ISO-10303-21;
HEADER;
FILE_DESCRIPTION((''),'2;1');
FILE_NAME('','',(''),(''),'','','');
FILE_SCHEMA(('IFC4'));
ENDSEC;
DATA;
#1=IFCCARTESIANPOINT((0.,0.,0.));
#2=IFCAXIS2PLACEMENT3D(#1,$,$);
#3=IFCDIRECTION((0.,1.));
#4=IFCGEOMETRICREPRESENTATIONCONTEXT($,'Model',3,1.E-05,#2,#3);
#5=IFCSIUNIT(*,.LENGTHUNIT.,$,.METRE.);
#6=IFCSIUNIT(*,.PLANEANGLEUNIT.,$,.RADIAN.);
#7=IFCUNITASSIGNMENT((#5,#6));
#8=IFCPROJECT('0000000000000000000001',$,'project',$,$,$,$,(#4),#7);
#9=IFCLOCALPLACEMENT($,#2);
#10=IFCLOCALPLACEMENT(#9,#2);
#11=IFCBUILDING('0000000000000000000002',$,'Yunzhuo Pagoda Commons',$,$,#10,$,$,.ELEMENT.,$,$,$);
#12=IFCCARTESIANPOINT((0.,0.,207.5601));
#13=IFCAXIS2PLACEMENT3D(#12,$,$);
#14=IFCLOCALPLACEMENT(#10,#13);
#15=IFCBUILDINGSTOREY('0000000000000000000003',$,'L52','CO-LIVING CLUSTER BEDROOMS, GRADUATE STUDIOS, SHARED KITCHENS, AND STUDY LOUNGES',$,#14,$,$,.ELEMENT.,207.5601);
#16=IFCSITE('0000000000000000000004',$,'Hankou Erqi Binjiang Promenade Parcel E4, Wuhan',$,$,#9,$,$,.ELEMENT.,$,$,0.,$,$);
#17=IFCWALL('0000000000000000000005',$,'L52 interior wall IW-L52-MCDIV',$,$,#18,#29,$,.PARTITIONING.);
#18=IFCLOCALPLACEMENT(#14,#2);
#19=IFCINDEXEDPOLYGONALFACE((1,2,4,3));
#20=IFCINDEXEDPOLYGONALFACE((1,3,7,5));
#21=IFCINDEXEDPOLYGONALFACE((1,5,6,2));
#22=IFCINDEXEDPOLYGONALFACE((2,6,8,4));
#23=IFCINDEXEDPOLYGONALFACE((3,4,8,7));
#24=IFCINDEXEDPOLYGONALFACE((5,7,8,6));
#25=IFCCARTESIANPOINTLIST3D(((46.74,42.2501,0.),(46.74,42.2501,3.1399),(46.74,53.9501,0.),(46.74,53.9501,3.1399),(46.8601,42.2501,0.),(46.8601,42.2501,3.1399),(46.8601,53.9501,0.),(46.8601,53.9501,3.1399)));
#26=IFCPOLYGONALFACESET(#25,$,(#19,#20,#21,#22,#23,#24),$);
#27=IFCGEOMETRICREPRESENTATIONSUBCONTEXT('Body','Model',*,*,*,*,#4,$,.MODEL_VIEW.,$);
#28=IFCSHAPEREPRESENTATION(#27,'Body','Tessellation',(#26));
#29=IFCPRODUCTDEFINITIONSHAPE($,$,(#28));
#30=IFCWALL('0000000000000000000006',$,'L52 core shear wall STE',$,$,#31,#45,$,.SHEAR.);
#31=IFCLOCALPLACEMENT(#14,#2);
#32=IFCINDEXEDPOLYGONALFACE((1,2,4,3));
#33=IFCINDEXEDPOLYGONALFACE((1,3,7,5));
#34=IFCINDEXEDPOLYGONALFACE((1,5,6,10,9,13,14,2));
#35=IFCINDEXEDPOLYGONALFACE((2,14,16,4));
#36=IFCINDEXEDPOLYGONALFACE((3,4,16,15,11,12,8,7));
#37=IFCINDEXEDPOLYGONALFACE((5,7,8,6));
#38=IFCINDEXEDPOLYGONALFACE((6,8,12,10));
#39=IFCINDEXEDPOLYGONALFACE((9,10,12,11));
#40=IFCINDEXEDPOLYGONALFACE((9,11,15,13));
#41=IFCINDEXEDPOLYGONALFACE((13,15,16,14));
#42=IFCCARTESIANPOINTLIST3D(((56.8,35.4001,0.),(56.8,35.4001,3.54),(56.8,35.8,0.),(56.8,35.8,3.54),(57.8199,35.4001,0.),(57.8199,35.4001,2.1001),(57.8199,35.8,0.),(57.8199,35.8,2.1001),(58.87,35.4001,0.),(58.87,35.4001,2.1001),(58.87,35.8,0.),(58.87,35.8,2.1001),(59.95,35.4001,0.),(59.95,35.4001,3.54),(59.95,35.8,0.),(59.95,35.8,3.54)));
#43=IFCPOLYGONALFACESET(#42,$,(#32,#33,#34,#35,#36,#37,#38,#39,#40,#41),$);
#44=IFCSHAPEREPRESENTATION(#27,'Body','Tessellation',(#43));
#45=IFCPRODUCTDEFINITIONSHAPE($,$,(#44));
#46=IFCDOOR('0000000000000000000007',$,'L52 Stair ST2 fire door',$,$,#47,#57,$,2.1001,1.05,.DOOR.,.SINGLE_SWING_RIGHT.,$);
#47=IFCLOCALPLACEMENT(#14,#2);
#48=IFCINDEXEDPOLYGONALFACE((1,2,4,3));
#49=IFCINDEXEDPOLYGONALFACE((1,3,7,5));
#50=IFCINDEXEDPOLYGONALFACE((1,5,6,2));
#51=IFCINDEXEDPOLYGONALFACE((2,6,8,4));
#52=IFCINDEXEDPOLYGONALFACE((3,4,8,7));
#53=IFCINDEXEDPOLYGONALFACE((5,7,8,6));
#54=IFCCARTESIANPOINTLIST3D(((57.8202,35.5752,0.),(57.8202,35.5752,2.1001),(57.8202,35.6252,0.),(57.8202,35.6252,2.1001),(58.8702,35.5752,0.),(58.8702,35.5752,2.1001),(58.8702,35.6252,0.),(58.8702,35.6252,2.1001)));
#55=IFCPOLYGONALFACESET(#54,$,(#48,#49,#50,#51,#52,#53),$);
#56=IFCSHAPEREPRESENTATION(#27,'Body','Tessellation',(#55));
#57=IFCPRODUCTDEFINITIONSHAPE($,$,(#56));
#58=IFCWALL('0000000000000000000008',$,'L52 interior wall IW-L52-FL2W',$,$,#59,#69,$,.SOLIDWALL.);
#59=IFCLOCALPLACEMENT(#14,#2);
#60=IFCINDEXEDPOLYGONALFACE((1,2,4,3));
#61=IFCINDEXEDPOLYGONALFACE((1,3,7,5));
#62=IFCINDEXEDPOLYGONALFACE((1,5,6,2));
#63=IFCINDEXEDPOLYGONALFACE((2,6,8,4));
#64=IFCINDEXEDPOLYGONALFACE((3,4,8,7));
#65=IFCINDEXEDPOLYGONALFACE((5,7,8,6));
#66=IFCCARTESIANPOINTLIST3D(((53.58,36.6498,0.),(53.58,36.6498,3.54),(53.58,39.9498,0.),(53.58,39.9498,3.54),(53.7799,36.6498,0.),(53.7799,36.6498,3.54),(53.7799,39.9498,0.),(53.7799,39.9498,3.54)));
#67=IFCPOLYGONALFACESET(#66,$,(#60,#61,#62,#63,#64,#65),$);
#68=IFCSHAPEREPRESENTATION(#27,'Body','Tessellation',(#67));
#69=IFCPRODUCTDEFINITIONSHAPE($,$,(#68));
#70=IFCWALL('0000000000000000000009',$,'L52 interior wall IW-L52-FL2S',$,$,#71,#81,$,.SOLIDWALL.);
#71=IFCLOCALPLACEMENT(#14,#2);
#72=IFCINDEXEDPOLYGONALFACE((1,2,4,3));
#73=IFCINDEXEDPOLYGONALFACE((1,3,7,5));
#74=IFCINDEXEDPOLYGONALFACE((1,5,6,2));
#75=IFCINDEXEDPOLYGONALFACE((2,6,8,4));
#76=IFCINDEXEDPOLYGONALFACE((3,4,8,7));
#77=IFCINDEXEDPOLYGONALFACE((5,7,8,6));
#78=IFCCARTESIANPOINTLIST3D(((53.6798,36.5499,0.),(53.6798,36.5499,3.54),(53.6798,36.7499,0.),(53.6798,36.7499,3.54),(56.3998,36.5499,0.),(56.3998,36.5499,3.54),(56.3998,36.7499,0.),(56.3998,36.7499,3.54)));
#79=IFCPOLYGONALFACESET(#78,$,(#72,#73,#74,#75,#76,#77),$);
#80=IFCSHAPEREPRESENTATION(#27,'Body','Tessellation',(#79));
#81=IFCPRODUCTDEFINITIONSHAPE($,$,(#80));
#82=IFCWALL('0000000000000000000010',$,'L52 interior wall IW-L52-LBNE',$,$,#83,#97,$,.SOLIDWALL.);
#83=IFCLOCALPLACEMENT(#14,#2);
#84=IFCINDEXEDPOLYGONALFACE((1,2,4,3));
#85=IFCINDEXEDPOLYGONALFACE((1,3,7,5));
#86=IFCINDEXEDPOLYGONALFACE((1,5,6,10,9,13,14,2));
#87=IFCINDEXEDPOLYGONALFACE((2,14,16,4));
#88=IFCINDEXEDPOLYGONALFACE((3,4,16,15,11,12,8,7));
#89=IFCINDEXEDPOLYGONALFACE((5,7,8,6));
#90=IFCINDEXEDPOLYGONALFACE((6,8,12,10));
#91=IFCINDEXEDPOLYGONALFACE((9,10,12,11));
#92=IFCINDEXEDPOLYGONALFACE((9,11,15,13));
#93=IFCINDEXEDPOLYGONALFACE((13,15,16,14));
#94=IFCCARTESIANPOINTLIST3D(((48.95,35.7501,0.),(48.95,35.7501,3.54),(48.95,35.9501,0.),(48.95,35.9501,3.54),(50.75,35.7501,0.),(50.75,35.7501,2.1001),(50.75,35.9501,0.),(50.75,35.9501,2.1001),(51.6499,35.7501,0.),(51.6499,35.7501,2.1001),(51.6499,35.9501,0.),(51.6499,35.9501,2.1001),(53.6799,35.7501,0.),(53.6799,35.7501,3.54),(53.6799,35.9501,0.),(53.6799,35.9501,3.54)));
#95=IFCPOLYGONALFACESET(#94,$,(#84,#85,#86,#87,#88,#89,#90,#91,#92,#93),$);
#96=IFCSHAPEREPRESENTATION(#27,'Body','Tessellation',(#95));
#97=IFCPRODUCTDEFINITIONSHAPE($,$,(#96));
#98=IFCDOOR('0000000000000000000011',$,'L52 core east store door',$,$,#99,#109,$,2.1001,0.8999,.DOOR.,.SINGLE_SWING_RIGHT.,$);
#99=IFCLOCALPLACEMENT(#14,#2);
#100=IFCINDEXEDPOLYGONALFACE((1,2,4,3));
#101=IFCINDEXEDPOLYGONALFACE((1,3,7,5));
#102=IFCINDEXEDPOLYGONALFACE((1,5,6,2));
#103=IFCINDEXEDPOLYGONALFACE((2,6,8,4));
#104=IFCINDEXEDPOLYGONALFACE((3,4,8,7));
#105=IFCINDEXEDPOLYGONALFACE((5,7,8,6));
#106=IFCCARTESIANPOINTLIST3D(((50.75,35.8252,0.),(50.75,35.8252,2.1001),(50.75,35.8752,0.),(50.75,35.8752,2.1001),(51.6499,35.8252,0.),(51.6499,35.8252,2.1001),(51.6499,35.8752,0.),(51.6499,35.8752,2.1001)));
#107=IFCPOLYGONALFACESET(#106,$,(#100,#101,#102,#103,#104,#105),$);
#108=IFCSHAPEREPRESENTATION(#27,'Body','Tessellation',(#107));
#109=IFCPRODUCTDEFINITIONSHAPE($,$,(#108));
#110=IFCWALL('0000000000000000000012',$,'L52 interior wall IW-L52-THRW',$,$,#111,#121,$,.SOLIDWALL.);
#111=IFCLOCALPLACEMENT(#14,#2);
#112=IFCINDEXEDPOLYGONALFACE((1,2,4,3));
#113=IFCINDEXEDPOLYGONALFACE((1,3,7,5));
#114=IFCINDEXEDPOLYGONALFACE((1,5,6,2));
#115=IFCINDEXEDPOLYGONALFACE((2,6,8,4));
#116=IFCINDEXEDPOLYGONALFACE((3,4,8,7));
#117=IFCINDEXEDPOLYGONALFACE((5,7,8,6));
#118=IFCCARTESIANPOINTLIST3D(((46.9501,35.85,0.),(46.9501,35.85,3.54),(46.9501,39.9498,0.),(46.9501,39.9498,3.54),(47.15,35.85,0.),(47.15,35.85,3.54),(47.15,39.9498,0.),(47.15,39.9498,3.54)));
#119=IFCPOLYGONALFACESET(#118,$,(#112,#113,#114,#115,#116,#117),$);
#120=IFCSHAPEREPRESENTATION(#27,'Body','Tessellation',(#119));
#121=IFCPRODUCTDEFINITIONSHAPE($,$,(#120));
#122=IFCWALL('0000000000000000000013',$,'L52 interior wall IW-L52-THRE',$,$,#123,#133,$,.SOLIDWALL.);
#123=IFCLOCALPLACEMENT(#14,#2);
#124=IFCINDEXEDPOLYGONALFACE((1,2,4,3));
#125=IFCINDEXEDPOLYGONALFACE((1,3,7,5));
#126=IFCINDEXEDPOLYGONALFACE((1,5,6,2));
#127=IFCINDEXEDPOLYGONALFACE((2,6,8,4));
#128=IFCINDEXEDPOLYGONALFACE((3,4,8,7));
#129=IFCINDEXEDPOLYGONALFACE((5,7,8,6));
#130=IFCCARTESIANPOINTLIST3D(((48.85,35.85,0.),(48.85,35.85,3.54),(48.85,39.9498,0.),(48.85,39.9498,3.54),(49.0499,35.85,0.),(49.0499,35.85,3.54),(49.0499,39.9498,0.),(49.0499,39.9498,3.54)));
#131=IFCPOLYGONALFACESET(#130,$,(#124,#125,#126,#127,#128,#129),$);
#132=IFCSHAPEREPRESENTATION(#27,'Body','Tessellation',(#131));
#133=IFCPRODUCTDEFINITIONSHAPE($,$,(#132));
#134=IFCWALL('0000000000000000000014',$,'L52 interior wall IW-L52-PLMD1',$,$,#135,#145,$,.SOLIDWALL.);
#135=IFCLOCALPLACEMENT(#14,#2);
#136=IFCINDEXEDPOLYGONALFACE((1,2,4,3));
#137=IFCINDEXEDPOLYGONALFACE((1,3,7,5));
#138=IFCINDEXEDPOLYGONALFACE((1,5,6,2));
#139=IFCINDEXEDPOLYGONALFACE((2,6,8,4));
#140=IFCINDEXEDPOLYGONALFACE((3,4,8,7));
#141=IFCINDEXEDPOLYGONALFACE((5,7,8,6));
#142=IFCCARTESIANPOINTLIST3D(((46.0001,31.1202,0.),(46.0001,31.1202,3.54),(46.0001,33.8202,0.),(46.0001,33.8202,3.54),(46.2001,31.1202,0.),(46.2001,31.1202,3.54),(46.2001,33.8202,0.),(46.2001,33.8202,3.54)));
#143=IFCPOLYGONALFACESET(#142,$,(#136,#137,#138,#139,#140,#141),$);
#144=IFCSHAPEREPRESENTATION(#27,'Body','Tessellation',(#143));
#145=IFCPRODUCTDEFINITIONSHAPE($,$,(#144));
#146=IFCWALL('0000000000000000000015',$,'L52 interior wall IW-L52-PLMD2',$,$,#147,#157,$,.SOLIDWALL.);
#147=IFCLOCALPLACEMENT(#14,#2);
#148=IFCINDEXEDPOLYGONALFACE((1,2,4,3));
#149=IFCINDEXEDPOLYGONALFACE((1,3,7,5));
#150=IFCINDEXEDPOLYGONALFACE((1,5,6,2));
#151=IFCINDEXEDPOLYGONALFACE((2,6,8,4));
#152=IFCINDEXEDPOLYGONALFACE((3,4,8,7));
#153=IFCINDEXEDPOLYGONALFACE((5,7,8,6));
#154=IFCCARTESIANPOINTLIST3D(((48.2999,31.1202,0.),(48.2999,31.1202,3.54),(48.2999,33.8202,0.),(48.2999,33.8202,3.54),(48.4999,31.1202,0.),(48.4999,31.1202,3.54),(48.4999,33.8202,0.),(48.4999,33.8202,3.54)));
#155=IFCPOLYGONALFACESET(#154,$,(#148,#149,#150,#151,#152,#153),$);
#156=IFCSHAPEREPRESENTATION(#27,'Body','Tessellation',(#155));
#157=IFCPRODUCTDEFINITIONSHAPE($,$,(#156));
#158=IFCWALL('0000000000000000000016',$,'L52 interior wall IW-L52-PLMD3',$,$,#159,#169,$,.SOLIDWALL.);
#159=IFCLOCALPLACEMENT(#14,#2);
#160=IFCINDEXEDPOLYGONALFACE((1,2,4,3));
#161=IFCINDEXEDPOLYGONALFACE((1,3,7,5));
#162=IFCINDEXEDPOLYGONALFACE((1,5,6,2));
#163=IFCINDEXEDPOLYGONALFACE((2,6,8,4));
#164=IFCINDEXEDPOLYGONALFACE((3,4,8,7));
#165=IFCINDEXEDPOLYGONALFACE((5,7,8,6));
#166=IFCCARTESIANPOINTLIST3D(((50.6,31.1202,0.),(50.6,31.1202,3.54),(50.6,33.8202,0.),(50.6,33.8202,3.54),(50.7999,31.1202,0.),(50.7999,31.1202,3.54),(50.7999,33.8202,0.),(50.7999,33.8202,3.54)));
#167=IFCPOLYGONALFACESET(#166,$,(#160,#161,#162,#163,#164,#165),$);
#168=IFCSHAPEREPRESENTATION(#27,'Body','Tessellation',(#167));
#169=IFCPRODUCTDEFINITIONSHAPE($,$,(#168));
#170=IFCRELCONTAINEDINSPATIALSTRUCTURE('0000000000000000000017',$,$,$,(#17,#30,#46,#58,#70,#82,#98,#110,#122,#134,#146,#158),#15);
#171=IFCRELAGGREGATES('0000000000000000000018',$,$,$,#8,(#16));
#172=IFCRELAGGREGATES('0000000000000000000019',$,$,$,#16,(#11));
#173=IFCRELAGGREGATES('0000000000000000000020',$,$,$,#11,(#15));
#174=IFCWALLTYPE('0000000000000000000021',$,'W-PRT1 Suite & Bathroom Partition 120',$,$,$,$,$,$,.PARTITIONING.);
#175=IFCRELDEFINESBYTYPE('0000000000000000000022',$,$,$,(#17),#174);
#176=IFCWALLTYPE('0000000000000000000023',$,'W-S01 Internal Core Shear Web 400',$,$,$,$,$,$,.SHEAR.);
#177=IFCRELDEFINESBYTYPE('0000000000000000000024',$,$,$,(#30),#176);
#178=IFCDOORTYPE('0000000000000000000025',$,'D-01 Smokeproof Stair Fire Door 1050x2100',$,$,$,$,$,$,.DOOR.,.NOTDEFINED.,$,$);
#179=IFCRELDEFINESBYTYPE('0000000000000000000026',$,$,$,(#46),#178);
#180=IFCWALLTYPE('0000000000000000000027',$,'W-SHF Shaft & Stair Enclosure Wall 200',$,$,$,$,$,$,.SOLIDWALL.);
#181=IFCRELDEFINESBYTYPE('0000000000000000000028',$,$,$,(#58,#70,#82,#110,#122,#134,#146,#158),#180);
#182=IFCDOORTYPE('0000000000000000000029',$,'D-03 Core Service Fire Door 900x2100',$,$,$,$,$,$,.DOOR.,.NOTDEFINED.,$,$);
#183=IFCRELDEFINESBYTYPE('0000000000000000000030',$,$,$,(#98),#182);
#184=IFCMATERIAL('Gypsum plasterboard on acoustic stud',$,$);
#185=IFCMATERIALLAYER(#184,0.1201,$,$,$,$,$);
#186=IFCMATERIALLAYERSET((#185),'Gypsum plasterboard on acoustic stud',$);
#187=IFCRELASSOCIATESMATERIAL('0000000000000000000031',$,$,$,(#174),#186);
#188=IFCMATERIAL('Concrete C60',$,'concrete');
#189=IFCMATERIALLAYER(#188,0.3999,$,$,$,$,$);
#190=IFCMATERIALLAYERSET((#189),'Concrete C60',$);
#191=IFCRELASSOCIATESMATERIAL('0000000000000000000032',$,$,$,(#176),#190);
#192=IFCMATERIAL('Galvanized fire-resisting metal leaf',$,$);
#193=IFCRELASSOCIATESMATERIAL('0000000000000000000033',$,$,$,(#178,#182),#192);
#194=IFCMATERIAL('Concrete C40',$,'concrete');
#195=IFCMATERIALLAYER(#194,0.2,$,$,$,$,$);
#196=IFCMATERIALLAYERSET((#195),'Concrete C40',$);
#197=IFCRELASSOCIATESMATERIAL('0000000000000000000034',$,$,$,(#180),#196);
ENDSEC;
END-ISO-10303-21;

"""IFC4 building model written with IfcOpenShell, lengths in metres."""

from ifc_helpers import new_model, si_unit, direction, frame, frame_2d, origin, place, context, subcontext, project, spatial, rectangle, extrude, source, transform, mapped, material, layer, layer_set, type_object, element, fill, save


model = new_model("IFC4")

# Units and contexts
model_context = context("Model", 3, precision=1e-05, world=origin(), true_north=direction((0.0, 1.0)))
body_context = subcontext(model_context, "Body", "Model", "MODEL_VIEW")
ifc_project = project(units=[si_unit("LENGTHUNIT", "METRE"), si_unit("PLANEANGLEUNIT", "RADIAN")], contexts=[model_context])

# Site, building, storey
site_placement = place(None, origin())
site = spatial("IfcSite", under=ifc_project, at=site_placement, Name="Hankou Erqi Binjiang Promenade Parcel E4, Wuhan", CompositionType="ELEMENT", RefElevation=0.0)
building_placement = place(site_placement, origin())
building = spatial("IfcBuilding", under=site, at=building_placement, Name="Yunzhuo Pagoda Commons", CompositionType="ELEMENT")
storey_placement = place(building_placement, frame((0.0, 0.0, 207.5601)))
storey = spatial("IfcBuildingStorey", under=building, at=storey_placement, Name="L52", Description="CO-LIVING CLUSTER BEDROOMS, GRADUATE STUDIOS, SHARED KITCHENS, AND STUDY LOUNGES", CompositionType="ELEMENT", Elevation=207.5601)

# Shared definitions
ifc_material_1 = material(Name="Galvanized fire-resisting metal leaf")
shared_shape_1 = source(origin(), body_context, "Body", "SweptSolid", [
    extrude(rectangle(XDim=1.05, YDim=2.1001, at=frame_2d((0.5249, 1.05))), frame((0.0, 0.0249, 0.0), z_axis=(0.0, -1.0, 0.0), x_axis=(1.0, 0.0, 0.0)), (0.0, 0.0, 1.0), 0.05),
])

# Wall
ifc_material_2 = material(Name="Gypsum plasterboard on acoustic stud")
ifc_layer_1 = layer(ifc_material_2, 0.1201)
ifc_layer_set_1 = layer_set([ifc_layer_1], Name="Gypsum plasterboard on acoustic stud")
wall_type_1 = type_object("IfcWallType", Name="W-PRT1 Suite & Bathroom Partition 120", PredefinedType="PARTITIONING", material=ifc_layer_set_1)
wall_1_placement = place(storey_placement, frame((46.8, 42.25, 0.0), z_axis=(0.0, 0.0, 1.0), x_axis=(0.0, 1.0, 0.0)))
element("IfcWall", 1, at=wall_1_placement, inside=storey, type_object=wall_type_1, Name="L52 interior wall IW-L52-MCDIV", PredefinedType="PARTITIONING", context=body_context, shape_type="SweptSolid", body=[
    extrude(rectangle(XDim=11.7, YDim=0.1201, at=frame_2d((5.8501, 0.0))), origin(), (0.0, 0.0, 1.0), 3.1399),
])

# Wall, opening, door
ifc_material_3 = material(Name="Concrete C60", Category="concrete")
ifc_layer_2 = layer(ifc_material_3, 0.3999)
ifc_layer_set_2 = layer_set([ifc_layer_2], Name="Concrete C60")
wall_type_2 = type_object("IfcWallType", Name="W-S01 Internal Core Shear Web 400", PredefinedType="SHEAR", material=ifc_layer_set_2)
wall_2_placement = place(storey_placement, frame((56.8, 35.6001, 0.0), z_axis=(0.0, 0.0, 1.0), x_axis=(1.0, 0.0, 0.0)))
wall_2 = element("IfcWall", 2, at=wall_2_placement, inside=storey, type_object=wall_type_2, Name="L52 core shear wall STE", PredefinedType="SHEAR", context=body_context, shape_type="SweptSolid", body=[
    extrude(rectangle(XDim=3.1499, YDim=0.3999, at=frame_2d((1.575, 0.0))), origin(), (0.0, 0.0, 1.0), 3.54),
])
opening_1_placement = place(wall_2_placement, frame((1.02, 0.0, 0.0)))
opening_1 = element("IfcOpeningElement", 3, at=opening_1_placement, cuts=wall_2, PredefinedType="OPENING", context=body_context, shape_type="SweptSolid", body=[
    extrude(rectangle(XDim=1.05, YDim=2.1001, at=frame_2d((0.5249, 1.05))), frame((0.0, 0.21, 0.0), z_axis=(0.0, -1.0, 0.0), x_axis=(1.0, 0.0, 0.0)), (0.0, 0.0, 1.0), 0.4199),
])
door_type_1 = type_object("IfcDoorType", Name="D-01 Smokeproof Stair Fire Door 1050x2100", OperationType="NOTDEFINED", PredefinedType="DOOR", material=ifc_material_1)
door_1_placement = place(opening_1_placement, frame((1.05, 0.0, 0.0), z_axis=(0.0, 0.0, 1.0), x_axis=(-1.0, 0.0, 0.0)))
door_1 = element("IfcDoor", 4, at=door_1_placement, inside=storey, type_object=door_type_1, Name="L52 Stair ST2 fire door", OperationType="SINGLE_SWING_RIGHT", OverallHeight=2.1001, OverallWidth=1.05, PredefinedType="DOOR", context=body_context, shape_type="MappedRepresentation", body=[
    mapped(shared_shape_1, transform((0.0, 0.0, 0.0), scale=1.0)),
])
fill(opening_1, door_1)

# Walls
ifc_material_4 = material(Name="Concrete C40", Category="concrete")
ifc_layer_3 = layer(ifc_material_4, 0.2)
ifc_layer_set_3 = layer_set([ifc_layer_3], Name="Concrete C40")
wall_type_3 = type_object("IfcWallType", Name="W-SHF Shaft & Stair Enclosure Wall 200", PredefinedType="SOLIDWALL", material=ifc_layer_set_3)
wall_3_placement = place(storey_placement, frame((53.6799, 36.6499, 0.0), z_axis=(0.0, 0.0, 1.0), x_axis=(0.0, 1.0, 0.0)))
element("IfcWall", 5, at=wall_3_placement, inside=storey, type_object=wall_type_3, Name="L52 interior wall IW-L52-FL2W", PredefinedType="SOLIDWALL", context=body_context, shape_type="SweptSolid", body=[
    extrude(rectangle(XDim=3.3, YDim=0.2, at=frame_2d((1.6499, 0.0))), origin(), (0.0, 0.0, 1.0), 3.54),
])
wall_4_placement = place(storey_placement, frame((53.6799, 36.6499, 0.0), z_axis=(0.0, 0.0, 1.0), x_axis=(1.0, 0.0, 0.0)))
element("IfcWall", 6, at=wall_4_placement, inside=storey, type_object=wall_type_3, Name="L52 interior wall IW-L52-FL2S", PredefinedType="SOLIDWALL", context=body_context, shape_type="SweptSolid", body=[
    extrude(rectangle(XDim=2.72, YDim=0.2, at=frame_2d((1.3599, 0.0))), origin(), (0.0, 0.0, 1.0), 3.54),
])

# Wall, opening, door
wall_5_placement = place(storey_placement, frame((48.95, 35.8501, 0.0), z_axis=(0.0, 0.0, 1.0), x_axis=(1.0, 0.0, 0.0)))
wall_5 = element("IfcWall", 7, at=wall_5_placement, inside=storey, type_object=wall_type_3, Name="L52 interior wall IW-L52-LBNE", PredefinedType="SOLIDWALL", context=body_context, shape_type="SweptSolid", body=[
    extrude(rectangle(XDim=4.73, YDim=0.2, at=frame_2d((2.365, 0.0))), origin(), (0.0, 0.0, 1.0), 3.54),
])
opening_2_placement = place(wall_5_placement, frame((1.8, 0.0, 0.0)))
opening_2 = element("IfcOpeningElement", 8, at=opening_2_placement, cuts=wall_5, PredefinedType="OPENING", context=body_context, shape_type="SweptSolid", body=[
    extrude(rectangle(XDim=0.8999, YDim=2.1001, at=frame_2d((0.45, 1.05))), frame((0.0, 0.1099, 0.0), z_axis=(0.0, -1.0, 0.0), x_axis=(1.0, 0.0, 0.0)), (0.0, 0.0, 1.0), 0.22),
])
door_type_2 = type_object("IfcDoorType", Name="D-03 Core Service Fire Door 900x2100", OperationType="NOTDEFINED", PredefinedType="DOOR", material=ifc_material_1)
shared_shape_2 = source(origin(), body_context, "Body", "SweptSolid", [
    extrude(rectangle(XDim=0.8999, YDim=2.1001, at=frame_2d((0.45, 1.05))), frame((0.0, 0.0249, 0.0), z_axis=(0.0, -1.0, 0.0), x_axis=(1.0, 0.0, 0.0)), (0.0, 0.0, 1.0), 0.05),
])
door_2_placement = place(opening_2_placement, frame((0.8999, 0.0, 0.0), z_axis=(0.0, 0.0, 1.0), x_axis=(-1.0, 0.0, 0.0)))
door_2 = element("IfcDoor", 9, at=door_2_placement, inside=storey, type_object=door_type_2, Name="L52 core east store door", OperationType="SINGLE_SWING_RIGHT", OverallHeight=2.1001, OverallWidth=0.8999, PredefinedType="DOOR", context=body_context, shape_type="MappedRepresentation", body=[
    mapped(shared_shape_2, transform((0.0, 0.0, 0.0), scale=1.0)),
])
fill(opening_2, door_2)

# Walls
for number, where, z_axis, x_axis, name in (
    (10, (47.05, 35.8501, 0.0), (0.0, 0.0, 1.0), (0.0, 1.0, 0.0), "L52 interior wall IW-L52-THRW"),
    (11, (48.95, 35.8501, 0.0), (0.0, 0.0, 1.0), (0.0, 1.0, 0.0), "L52 interior wall IW-L52-THRE"),
):
    element("IfcWall", number, at=place(storey_placement, frame(where, z_axis=z_axis, x_axis=x_axis)), inside=storey, type_object=wall_type_3, Name=name, PredefinedType="SOLIDWALL", context=body_context, shape_type="SweptSolid", body=[
        extrude(rectangle(XDim=4.0999, YDim=0.2, at=frame_2d((2.0498, 0.0))), origin(), (0.0, 0.0, 1.0), 3.54),
    ])
for number, where, z_axis, x_axis, name in (
    (12, (46.1001, 31.1201, 0.0), (0.0, 0.0, 1.0), (0.0, 1.0, 0.0), "L52 interior wall IW-L52-PLMD1"),
    (13, (48.3999, 31.1201, 0.0), (0.0, 0.0, 1.0), (0.0, 1.0, 0.0), "L52 interior wall IW-L52-PLMD2"),
    (14, (50.7, 31.1201, 0.0), (0.0, 0.0, 1.0), (0.0, 1.0, 0.0), "L52 interior wall IW-L52-PLMD3"),
):
    element("IfcWall", number, at=place(storey_placement, frame(where, z_axis=z_axis, x_axis=x_axis)), inside=storey, type_object=wall_type_3, Name=name, PredefinedType="SOLIDWALL", context=body_context, shape_type="SweptSolid", body=[
        extrude(rectangle(XDim=2.7, YDim=0.2, at=frame_2d((1.3501, 0.0))), origin(), (0.0, 0.0, 1.0), 3.54),
    ])

save(model, "model.ifc")
